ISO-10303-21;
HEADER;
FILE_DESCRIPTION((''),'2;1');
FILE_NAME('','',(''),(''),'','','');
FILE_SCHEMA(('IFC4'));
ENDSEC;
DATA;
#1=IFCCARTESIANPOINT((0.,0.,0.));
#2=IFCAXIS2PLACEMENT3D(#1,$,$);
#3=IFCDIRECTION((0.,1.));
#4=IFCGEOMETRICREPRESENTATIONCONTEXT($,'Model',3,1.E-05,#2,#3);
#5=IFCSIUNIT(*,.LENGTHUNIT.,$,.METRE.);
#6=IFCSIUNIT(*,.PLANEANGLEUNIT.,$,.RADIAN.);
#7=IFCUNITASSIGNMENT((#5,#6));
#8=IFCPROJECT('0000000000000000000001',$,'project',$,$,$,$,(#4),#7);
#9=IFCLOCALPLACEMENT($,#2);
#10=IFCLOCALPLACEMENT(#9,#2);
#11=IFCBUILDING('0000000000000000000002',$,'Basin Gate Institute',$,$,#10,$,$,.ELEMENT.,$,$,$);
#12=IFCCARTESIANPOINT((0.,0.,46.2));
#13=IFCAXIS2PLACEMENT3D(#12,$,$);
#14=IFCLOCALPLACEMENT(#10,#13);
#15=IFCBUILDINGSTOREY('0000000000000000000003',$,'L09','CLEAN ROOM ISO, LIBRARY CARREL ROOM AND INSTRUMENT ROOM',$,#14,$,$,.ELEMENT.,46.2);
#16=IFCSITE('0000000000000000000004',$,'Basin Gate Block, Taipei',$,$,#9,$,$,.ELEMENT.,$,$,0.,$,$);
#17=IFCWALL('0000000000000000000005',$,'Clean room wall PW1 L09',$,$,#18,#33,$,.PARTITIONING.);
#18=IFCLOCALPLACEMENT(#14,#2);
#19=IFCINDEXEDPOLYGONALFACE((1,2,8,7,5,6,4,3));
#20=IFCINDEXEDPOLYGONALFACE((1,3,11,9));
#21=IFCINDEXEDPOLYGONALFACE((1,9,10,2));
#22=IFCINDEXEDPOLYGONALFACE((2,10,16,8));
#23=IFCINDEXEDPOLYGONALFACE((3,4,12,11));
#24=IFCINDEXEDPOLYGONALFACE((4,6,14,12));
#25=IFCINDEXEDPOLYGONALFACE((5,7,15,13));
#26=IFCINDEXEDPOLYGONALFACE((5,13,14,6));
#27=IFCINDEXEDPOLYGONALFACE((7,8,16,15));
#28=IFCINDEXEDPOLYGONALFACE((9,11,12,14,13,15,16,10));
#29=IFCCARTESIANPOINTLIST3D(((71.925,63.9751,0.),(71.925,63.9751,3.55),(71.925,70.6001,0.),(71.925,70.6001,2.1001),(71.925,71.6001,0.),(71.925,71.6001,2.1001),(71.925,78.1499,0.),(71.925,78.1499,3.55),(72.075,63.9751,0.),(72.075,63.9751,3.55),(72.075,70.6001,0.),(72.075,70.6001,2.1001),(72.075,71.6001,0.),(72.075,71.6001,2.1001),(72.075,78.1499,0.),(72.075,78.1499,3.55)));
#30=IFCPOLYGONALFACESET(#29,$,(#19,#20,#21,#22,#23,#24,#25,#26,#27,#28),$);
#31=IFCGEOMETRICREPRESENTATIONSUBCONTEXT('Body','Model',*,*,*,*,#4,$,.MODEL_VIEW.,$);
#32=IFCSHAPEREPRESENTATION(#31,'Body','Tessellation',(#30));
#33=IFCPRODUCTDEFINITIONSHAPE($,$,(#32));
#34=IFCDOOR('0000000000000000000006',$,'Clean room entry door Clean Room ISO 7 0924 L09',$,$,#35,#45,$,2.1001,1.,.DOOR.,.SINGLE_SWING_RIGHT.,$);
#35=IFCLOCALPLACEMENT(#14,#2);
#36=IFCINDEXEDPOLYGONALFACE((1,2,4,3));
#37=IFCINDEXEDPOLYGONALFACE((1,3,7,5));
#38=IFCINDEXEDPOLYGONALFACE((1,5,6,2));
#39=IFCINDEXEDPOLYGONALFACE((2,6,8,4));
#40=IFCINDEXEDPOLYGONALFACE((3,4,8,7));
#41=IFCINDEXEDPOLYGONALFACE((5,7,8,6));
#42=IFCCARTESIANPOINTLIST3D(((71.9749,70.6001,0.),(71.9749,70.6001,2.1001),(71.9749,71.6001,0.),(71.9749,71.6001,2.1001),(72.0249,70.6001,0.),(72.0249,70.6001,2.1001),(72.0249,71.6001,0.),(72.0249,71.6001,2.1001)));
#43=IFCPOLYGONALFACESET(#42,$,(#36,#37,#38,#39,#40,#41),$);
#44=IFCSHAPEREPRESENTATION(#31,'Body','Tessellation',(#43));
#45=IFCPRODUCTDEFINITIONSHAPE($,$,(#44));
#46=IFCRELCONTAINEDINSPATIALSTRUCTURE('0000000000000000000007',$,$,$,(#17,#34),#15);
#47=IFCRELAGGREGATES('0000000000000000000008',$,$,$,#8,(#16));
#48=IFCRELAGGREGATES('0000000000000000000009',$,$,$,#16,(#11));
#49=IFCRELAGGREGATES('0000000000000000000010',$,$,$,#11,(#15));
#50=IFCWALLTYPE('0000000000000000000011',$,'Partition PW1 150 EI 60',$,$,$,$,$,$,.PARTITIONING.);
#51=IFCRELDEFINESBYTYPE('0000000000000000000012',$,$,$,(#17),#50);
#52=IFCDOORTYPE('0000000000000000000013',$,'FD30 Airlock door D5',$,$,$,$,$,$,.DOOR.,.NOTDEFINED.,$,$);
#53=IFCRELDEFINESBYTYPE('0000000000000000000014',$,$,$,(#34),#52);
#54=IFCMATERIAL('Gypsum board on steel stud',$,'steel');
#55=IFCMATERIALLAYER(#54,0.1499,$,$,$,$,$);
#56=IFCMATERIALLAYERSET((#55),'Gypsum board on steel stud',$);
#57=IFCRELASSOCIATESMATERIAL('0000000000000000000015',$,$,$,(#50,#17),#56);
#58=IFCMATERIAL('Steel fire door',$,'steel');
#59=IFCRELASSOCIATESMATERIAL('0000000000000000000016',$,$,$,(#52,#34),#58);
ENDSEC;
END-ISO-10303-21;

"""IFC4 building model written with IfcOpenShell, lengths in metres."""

from ifc_helpers import new_model, si_unit, direction, frame, frame_2d, origin, place, context, subcontext, project, spatial, rectangle, extrude, material, layer, layer_set, type_object, element, fill, save


model = new_model("IFC4")

# Units and contexts
model_context = context("Model", 3, precision=1e-05, world=origin(), true_north=direction((0.0, 1.0)))
body_context = subcontext(model_context, "Body", "Model", "MODEL_VIEW")
ifc_project = project(units=[si_unit("LENGTHUNIT", "METRE"), si_unit("PLANEANGLEUNIT", "RADIAN")], contexts=[model_context])

# Site, building, storey
site_placement = place(None, origin())
site = spatial("IfcSite", under=ifc_project, at=site_placement, Name="Basin Gate Block, Taipei", CompositionType="ELEMENT", RefElevation=0.0)
building_placement = place(site_placement, origin())
building = spatial("IfcBuilding", under=site, at=building_placement, Name="Basin Gate Institute", CompositionType="ELEMENT")
storey_placement = place(building_placement, frame((0.0, 0.0, 46.2)))
storey = spatial("IfcBuildingStorey", under=building, at=storey_placement, Name="L09", Description="CLEAN ROOM ISO, LIBRARY CARREL ROOM AND INSTRUMENT ROOM", CompositionType="ELEMENT", Elevation=46.2)

# Wall, opening, door
ifc_material_1 = material(Name="Gypsum board on steel stud", Category="steel")
ifc_layer_1 = layer(ifc_material_1, 0.1499)
ifc_layer_set_1 = layer_set([ifc_layer_1], Name="Gypsum board on steel stud")
wall_type_1 = type_object("IfcWallType", Name="Partition PW1 150 EI 60", PredefinedType="PARTITIONING", material=ifc_layer_set_1)
wall_1_placement = place(storey_placement, frame((72.0, 63.9751, 0.0), z_axis=(0.0, 0.0, 1.0), x_axis=(0.0, 1.0, 0.0)))
wall_1 = element("IfcWall", 1, at=wall_1_placement, inside=storey, type_object=wall_type_1, material=ifc_layer_set_1, Name="Clean room wall PW1 L09", PredefinedType="PARTITIONING", context=body_context, shape_type="SweptSolid", body=[
    extrude(rectangle(XDim=14.1748, YDim=0.1499, at=frame_2d((7.0874, 0.0))), origin(), (0.0, 0.0, 1.0), 3.55),
])
opening_1_placement = place(wall_1_placement, frame((6.625, 0.0, 0.0)))
opening_1 = element("IfcOpeningElement", 2, at=opening_1_placement, cuts=wall_1, PredefinedType="OPENING", context=body_context, shape_type="SweptSolid", body=[
    extrude(rectangle(XDim=1.0, YDim=2.1001, at=frame_2d((0.5, 1.05))), frame((0.0, 0.085, 0.0), z_axis=(0.0, -1.0, 0.0), x_axis=(1.0, 0.0, 0.0)), (0.0, 0.0, 1.0), 0.1699),
])
ifc_material_2 = material(Name="Steel fire door", Category="steel")
door_type_1 = type_object("IfcDoorType", Name="FD30 Airlock door D5", OperationType="NOTDEFINED", PredefinedType="DOOR", material=ifc_material_2)
door_1_placement = place(opening_1_placement, frame((1.0, 0.0, 0.0), z_axis=(0.0, 0.0, 1.0), x_axis=(-1.0, 0.0, 0.0)))
door_1 = element("IfcDoor", 3, at=door_1_placement, inside=storey, type_object=door_type_1, material=ifc_material_2, Name="Clean room entry door Clean Room ISO 7 0924 L09", OperationType="SINGLE_SWING_RIGHT", OverallHeight=2.1001, OverallWidth=1.0, PredefinedType="DOOR", context=body_context, shape_type="SweptSolid", body=[
    extrude(rectangle(XDim=1.0, YDim=2.1001, at=frame_2d((0.5, 1.05))), frame((0.0, 0.0249, 0.0), z_axis=(0.0, -1.0, 0.0), x_axis=(1.0, 0.0, 0.0)), (0.0, 0.0, 1.0), 0.05),
])
fill(opening_1, door_1)

save(model, "model.ifc")
